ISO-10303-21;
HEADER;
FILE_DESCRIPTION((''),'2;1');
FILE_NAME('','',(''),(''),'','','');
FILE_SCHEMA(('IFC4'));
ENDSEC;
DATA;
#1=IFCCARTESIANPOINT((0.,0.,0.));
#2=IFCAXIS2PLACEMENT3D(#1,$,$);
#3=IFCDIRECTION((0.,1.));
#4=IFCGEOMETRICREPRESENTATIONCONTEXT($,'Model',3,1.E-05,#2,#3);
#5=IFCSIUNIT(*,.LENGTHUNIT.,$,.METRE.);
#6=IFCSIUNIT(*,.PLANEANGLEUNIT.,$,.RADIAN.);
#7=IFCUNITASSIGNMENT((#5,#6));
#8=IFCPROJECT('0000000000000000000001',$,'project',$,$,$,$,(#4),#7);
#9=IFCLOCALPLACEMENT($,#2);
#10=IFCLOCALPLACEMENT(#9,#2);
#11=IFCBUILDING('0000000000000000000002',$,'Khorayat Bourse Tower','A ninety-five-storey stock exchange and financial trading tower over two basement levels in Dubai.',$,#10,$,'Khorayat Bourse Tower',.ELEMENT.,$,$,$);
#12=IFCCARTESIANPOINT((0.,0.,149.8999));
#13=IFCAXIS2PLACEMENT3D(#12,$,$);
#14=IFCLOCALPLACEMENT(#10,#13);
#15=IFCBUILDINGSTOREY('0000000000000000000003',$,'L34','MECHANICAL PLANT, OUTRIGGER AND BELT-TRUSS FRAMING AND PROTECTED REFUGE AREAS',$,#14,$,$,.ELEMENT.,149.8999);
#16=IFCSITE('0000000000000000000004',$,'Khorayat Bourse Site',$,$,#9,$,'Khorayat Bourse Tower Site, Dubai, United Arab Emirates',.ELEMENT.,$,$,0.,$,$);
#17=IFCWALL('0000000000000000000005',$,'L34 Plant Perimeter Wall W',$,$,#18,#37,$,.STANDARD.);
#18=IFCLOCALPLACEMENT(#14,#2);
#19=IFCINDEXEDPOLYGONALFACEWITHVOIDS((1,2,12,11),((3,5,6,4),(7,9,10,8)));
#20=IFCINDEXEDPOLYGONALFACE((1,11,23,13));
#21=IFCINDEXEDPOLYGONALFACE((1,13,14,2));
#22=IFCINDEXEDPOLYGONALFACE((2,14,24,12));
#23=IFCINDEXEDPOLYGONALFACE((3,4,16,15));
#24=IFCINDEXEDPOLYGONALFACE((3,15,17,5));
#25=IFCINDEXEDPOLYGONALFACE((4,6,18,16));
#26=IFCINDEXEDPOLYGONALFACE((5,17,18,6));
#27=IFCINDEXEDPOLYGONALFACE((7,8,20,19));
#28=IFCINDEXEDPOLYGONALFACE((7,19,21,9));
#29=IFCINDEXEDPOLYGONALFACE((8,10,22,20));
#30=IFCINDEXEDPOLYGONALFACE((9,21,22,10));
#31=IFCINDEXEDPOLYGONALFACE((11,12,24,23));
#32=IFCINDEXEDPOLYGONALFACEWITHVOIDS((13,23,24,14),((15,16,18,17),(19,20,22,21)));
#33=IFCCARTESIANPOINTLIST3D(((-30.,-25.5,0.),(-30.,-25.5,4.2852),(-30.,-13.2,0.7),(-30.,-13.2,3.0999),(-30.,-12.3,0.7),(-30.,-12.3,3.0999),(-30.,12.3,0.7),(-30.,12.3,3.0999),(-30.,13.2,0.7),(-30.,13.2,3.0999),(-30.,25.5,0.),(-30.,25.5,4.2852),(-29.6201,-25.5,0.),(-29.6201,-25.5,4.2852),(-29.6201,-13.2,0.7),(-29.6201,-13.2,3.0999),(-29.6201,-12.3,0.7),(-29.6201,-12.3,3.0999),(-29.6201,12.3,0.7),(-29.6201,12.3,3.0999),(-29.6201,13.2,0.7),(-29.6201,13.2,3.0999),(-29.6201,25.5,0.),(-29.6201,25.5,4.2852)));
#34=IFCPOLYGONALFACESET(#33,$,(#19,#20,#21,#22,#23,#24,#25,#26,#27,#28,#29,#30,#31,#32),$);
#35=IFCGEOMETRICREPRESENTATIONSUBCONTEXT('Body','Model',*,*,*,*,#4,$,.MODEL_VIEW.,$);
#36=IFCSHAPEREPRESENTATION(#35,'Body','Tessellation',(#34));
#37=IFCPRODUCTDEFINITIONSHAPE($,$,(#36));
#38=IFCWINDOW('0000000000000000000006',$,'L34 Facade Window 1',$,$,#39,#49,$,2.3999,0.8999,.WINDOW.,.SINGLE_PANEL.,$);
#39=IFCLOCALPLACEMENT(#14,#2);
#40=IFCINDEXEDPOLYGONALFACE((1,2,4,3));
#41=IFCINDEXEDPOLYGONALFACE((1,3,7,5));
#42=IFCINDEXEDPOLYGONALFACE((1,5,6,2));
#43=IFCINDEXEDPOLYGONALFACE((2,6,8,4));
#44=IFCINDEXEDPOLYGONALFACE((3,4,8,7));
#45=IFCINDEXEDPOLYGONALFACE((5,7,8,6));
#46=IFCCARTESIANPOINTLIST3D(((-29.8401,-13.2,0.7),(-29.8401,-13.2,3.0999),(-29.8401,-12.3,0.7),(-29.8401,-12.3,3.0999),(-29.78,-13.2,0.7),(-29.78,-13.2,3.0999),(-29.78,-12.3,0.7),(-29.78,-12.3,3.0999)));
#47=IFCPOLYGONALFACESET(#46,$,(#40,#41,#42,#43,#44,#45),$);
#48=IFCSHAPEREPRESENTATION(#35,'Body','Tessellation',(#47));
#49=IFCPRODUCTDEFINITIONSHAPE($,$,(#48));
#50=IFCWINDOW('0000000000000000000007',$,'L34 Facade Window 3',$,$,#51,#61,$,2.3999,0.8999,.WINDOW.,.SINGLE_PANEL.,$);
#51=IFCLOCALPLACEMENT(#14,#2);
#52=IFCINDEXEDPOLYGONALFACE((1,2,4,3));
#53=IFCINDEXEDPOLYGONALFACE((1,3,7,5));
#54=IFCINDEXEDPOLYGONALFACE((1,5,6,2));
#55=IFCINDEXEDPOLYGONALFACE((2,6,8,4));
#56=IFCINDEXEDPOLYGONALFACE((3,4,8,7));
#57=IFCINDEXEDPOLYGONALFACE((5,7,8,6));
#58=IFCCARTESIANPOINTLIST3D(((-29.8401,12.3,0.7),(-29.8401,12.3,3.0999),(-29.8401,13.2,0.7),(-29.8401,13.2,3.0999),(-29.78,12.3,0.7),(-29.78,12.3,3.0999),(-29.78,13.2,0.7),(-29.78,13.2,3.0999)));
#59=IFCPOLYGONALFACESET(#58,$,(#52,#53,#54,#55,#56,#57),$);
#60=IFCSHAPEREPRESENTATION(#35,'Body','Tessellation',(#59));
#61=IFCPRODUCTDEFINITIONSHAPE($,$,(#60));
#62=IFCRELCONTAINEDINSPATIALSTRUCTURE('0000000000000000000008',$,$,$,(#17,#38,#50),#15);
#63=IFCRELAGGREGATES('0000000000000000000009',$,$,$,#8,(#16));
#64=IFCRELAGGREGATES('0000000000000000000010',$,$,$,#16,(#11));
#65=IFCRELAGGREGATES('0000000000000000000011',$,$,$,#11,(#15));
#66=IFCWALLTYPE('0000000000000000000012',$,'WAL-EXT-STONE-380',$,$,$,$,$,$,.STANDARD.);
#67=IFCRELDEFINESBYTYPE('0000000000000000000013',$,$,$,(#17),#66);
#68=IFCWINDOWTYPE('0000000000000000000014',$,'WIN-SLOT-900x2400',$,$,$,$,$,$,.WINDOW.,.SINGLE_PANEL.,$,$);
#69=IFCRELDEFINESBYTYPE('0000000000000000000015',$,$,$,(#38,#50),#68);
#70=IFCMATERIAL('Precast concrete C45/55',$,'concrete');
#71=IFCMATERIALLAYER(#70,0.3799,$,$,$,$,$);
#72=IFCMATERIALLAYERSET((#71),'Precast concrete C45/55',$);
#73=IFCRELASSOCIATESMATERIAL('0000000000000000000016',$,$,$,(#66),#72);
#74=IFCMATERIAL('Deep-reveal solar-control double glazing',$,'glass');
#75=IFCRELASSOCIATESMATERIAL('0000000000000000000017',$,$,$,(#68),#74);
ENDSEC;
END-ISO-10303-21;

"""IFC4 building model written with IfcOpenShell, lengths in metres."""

from ifc_helpers import new_model, si_unit, direction, frame, frame_2d, origin, place, context, subcontext, project, spatial, rectangle, extrude, source, transform, mapped, material, layer, layer_set, type_object, element, fill, save


model = new_model("IFC4")

# Units and contexts
model_context = context("Model", 3, precision=1e-05, world=origin(), true_north=direction((0.0, 1.0)))
body_context = subcontext(model_context, "Body", "Model", "MODEL_VIEW")
ifc_project = project(units=[si_unit("LENGTHUNIT", "METRE"), si_unit("PLANEANGLEUNIT", "RADIAN")], contexts=[model_context])

# Site, building, storey
site_placement = place(None, origin())
site = spatial("IfcSite", under=ifc_project, at=site_placement, Name="Khorayat Bourse Site", LongName="Khorayat Bourse Tower Site, Dubai, United Arab Emirates", CompositionType="ELEMENT", RefElevation=0.0)
building_placement = place(site_placement, origin())
building = spatial("IfcBuilding", under=site, at=building_placement, Name="Khorayat Bourse Tower", Description="A ninety-five-storey stock exchange and financial trading tower over two basement levels in Dubai.", LongName="Khorayat Bourse Tower", CompositionType="ELEMENT")
storey_placement = place(building_placement, frame((0.0, 0.0, 149.8999)))
storey = spatial("IfcBuildingStorey", under=building, at=storey_placement, Name="L34", Description="MECHANICAL PLANT, OUTRIGGER AND BELT-TRUSS FRAMING AND PROTECTED REFUGE AREAS", CompositionType="ELEMENT", Elevation=149.8999)

# Shared definitions
ifc_material_1 = material(Name="Precast concrete C45/55", Category="concrete")
ifc_layer_1 = layer(ifc_material_1, 0.3799)
ifc_layer_set_1 = layer_set([ifc_layer_1], Name="Precast concrete C45/55")
wall_type = type_object("IfcWallType", Name="WAL-EXT-STONE-380", PredefinedType="STANDARD", material=ifc_layer_set_1)
shared_shape_1 = source(origin(), body_context, "Body", "SweptSolid", [
    extrude(rectangle(XDim=0.8999, YDim=2.3999, at=frame_2d((0.45, 1.2))), frame((0.0, 0.2, 0.0), z_axis=(0.0, -1.0, 0.0), x_axis=(1.0, 0.0, 0.0)), (0.0, 0.0, 1.0), 0.3999),
])
ifc_material_2 = material(Name="Deep-reveal solar-control double glazing", Category="glass")
window_type = type_object("IfcWindowType", Name="WIN-SLOT-900x2400", PartitioningType="SINGLE_PANEL", PredefinedType="WINDOW", material=ifc_material_2)
shared_shape_2 = source(origin(), body_context, "Body", "SweptSolid", [
    extrude(rectangle(XDim=0.8999, YDim=2.3999, at=frame_2d((0.45, 1.2))), frame((0.0, 0.03, 0.0), z_axis=(0.0, -1.0, 0.0), x_axis=(1.0, 0.0, 0.0)), (0.0, 0.0, 1.0), 0.0601),
])

# Wall, openings, windows
shared_shape_3 = source(origin(), body_context, "Body", "SweptSolid", [
    extrude(rectangle(XDim=51.0, YDim=0.3799, at=frame_2d((25.5, 0.0))), origin(), (0.0, 0.0, 1.0), 4.2852),
])
wall_1_placement = place(storey_placement, frame((-29.8101, -25.5, 0.0), z_axis=(0.0, 0.0, 1.0), x_axis=(0.0, 1.0, 0.0)))
wall_1 = element("IfcWall", 1, at=wall_1_placement, inside=storey, type_object=wall_type, Name="L34 Plant Perimeter Wall W", PredefinedType="STANDARD", context=body_context, shape_type="MappedRepresentation", body=[
    mapped(shared_shape_3, transform((0.0, 0.0, 0.0), scale=1.0)),
])
opening_1_placement = place(wall_1_placement, frame((12.3, 0.0, 0.7)))
opening_1 = element("IfcOpeningElement", 2, at=opening_1_placement, cuts=wall_1, PredefinedType="OPENING", context=body_context, shape_type="MappedRepresentation", body=[
    mapped(shared_shape_1, transform((0.0, 0.0, 0.0), scale=1.0)),
])
opening_2_placement = place(wall_1_placement, frame((37.8, 0.0, 0.7)))
opening_2 = element("IfcOpeningElement", 3, at=opening_2_placement, cuts=wall_1, PredefinedType="OPENING", context=body_context, shape_type="MappedRepresentation", body=[
    mapped(shared_shape_1, transform((0.0, 0.0, 0.0), scale=1.0)),
])
window_1_placement = place(opening_1_placement, origin())
window_1 = element("IfcWindow", 4, at=window_1_placement, inside=storey, type_object=window_type, Name="L34 Facade Window 1", OverallHeight=2.3999, OverallWidth=0.8999, PartitioningType="SINGLE_PANEL", PredefinedType="WINDOW", context=body_context, shape_type="MappedRepresentation", body=[
    mapped(shared_shape_2, transform((0.0, 0.0, 0.0), scale=1.0)),
])
fill(opening_1, window_1)
window_2_placement = place(opening_2_placement, origin())
window_2 = element("IfcWindow", 5, at=window_2_placement, inside=storey, type_object=window_type, Name="L34 Facade Window 3", OverallHeight=2.3999, OverallWidth=0.8999, PartitioningType="SINGLE_PANEL", PredefinedType="WINDOW", context=body_context, shape_type="MappedRepresentation", body=[
    mapped(shared_shape_2, transform((0.0, 0.0, 0.0), scale=1.0)),
])
fill(opening_2, window_2)

save(model, "model.ifc")
